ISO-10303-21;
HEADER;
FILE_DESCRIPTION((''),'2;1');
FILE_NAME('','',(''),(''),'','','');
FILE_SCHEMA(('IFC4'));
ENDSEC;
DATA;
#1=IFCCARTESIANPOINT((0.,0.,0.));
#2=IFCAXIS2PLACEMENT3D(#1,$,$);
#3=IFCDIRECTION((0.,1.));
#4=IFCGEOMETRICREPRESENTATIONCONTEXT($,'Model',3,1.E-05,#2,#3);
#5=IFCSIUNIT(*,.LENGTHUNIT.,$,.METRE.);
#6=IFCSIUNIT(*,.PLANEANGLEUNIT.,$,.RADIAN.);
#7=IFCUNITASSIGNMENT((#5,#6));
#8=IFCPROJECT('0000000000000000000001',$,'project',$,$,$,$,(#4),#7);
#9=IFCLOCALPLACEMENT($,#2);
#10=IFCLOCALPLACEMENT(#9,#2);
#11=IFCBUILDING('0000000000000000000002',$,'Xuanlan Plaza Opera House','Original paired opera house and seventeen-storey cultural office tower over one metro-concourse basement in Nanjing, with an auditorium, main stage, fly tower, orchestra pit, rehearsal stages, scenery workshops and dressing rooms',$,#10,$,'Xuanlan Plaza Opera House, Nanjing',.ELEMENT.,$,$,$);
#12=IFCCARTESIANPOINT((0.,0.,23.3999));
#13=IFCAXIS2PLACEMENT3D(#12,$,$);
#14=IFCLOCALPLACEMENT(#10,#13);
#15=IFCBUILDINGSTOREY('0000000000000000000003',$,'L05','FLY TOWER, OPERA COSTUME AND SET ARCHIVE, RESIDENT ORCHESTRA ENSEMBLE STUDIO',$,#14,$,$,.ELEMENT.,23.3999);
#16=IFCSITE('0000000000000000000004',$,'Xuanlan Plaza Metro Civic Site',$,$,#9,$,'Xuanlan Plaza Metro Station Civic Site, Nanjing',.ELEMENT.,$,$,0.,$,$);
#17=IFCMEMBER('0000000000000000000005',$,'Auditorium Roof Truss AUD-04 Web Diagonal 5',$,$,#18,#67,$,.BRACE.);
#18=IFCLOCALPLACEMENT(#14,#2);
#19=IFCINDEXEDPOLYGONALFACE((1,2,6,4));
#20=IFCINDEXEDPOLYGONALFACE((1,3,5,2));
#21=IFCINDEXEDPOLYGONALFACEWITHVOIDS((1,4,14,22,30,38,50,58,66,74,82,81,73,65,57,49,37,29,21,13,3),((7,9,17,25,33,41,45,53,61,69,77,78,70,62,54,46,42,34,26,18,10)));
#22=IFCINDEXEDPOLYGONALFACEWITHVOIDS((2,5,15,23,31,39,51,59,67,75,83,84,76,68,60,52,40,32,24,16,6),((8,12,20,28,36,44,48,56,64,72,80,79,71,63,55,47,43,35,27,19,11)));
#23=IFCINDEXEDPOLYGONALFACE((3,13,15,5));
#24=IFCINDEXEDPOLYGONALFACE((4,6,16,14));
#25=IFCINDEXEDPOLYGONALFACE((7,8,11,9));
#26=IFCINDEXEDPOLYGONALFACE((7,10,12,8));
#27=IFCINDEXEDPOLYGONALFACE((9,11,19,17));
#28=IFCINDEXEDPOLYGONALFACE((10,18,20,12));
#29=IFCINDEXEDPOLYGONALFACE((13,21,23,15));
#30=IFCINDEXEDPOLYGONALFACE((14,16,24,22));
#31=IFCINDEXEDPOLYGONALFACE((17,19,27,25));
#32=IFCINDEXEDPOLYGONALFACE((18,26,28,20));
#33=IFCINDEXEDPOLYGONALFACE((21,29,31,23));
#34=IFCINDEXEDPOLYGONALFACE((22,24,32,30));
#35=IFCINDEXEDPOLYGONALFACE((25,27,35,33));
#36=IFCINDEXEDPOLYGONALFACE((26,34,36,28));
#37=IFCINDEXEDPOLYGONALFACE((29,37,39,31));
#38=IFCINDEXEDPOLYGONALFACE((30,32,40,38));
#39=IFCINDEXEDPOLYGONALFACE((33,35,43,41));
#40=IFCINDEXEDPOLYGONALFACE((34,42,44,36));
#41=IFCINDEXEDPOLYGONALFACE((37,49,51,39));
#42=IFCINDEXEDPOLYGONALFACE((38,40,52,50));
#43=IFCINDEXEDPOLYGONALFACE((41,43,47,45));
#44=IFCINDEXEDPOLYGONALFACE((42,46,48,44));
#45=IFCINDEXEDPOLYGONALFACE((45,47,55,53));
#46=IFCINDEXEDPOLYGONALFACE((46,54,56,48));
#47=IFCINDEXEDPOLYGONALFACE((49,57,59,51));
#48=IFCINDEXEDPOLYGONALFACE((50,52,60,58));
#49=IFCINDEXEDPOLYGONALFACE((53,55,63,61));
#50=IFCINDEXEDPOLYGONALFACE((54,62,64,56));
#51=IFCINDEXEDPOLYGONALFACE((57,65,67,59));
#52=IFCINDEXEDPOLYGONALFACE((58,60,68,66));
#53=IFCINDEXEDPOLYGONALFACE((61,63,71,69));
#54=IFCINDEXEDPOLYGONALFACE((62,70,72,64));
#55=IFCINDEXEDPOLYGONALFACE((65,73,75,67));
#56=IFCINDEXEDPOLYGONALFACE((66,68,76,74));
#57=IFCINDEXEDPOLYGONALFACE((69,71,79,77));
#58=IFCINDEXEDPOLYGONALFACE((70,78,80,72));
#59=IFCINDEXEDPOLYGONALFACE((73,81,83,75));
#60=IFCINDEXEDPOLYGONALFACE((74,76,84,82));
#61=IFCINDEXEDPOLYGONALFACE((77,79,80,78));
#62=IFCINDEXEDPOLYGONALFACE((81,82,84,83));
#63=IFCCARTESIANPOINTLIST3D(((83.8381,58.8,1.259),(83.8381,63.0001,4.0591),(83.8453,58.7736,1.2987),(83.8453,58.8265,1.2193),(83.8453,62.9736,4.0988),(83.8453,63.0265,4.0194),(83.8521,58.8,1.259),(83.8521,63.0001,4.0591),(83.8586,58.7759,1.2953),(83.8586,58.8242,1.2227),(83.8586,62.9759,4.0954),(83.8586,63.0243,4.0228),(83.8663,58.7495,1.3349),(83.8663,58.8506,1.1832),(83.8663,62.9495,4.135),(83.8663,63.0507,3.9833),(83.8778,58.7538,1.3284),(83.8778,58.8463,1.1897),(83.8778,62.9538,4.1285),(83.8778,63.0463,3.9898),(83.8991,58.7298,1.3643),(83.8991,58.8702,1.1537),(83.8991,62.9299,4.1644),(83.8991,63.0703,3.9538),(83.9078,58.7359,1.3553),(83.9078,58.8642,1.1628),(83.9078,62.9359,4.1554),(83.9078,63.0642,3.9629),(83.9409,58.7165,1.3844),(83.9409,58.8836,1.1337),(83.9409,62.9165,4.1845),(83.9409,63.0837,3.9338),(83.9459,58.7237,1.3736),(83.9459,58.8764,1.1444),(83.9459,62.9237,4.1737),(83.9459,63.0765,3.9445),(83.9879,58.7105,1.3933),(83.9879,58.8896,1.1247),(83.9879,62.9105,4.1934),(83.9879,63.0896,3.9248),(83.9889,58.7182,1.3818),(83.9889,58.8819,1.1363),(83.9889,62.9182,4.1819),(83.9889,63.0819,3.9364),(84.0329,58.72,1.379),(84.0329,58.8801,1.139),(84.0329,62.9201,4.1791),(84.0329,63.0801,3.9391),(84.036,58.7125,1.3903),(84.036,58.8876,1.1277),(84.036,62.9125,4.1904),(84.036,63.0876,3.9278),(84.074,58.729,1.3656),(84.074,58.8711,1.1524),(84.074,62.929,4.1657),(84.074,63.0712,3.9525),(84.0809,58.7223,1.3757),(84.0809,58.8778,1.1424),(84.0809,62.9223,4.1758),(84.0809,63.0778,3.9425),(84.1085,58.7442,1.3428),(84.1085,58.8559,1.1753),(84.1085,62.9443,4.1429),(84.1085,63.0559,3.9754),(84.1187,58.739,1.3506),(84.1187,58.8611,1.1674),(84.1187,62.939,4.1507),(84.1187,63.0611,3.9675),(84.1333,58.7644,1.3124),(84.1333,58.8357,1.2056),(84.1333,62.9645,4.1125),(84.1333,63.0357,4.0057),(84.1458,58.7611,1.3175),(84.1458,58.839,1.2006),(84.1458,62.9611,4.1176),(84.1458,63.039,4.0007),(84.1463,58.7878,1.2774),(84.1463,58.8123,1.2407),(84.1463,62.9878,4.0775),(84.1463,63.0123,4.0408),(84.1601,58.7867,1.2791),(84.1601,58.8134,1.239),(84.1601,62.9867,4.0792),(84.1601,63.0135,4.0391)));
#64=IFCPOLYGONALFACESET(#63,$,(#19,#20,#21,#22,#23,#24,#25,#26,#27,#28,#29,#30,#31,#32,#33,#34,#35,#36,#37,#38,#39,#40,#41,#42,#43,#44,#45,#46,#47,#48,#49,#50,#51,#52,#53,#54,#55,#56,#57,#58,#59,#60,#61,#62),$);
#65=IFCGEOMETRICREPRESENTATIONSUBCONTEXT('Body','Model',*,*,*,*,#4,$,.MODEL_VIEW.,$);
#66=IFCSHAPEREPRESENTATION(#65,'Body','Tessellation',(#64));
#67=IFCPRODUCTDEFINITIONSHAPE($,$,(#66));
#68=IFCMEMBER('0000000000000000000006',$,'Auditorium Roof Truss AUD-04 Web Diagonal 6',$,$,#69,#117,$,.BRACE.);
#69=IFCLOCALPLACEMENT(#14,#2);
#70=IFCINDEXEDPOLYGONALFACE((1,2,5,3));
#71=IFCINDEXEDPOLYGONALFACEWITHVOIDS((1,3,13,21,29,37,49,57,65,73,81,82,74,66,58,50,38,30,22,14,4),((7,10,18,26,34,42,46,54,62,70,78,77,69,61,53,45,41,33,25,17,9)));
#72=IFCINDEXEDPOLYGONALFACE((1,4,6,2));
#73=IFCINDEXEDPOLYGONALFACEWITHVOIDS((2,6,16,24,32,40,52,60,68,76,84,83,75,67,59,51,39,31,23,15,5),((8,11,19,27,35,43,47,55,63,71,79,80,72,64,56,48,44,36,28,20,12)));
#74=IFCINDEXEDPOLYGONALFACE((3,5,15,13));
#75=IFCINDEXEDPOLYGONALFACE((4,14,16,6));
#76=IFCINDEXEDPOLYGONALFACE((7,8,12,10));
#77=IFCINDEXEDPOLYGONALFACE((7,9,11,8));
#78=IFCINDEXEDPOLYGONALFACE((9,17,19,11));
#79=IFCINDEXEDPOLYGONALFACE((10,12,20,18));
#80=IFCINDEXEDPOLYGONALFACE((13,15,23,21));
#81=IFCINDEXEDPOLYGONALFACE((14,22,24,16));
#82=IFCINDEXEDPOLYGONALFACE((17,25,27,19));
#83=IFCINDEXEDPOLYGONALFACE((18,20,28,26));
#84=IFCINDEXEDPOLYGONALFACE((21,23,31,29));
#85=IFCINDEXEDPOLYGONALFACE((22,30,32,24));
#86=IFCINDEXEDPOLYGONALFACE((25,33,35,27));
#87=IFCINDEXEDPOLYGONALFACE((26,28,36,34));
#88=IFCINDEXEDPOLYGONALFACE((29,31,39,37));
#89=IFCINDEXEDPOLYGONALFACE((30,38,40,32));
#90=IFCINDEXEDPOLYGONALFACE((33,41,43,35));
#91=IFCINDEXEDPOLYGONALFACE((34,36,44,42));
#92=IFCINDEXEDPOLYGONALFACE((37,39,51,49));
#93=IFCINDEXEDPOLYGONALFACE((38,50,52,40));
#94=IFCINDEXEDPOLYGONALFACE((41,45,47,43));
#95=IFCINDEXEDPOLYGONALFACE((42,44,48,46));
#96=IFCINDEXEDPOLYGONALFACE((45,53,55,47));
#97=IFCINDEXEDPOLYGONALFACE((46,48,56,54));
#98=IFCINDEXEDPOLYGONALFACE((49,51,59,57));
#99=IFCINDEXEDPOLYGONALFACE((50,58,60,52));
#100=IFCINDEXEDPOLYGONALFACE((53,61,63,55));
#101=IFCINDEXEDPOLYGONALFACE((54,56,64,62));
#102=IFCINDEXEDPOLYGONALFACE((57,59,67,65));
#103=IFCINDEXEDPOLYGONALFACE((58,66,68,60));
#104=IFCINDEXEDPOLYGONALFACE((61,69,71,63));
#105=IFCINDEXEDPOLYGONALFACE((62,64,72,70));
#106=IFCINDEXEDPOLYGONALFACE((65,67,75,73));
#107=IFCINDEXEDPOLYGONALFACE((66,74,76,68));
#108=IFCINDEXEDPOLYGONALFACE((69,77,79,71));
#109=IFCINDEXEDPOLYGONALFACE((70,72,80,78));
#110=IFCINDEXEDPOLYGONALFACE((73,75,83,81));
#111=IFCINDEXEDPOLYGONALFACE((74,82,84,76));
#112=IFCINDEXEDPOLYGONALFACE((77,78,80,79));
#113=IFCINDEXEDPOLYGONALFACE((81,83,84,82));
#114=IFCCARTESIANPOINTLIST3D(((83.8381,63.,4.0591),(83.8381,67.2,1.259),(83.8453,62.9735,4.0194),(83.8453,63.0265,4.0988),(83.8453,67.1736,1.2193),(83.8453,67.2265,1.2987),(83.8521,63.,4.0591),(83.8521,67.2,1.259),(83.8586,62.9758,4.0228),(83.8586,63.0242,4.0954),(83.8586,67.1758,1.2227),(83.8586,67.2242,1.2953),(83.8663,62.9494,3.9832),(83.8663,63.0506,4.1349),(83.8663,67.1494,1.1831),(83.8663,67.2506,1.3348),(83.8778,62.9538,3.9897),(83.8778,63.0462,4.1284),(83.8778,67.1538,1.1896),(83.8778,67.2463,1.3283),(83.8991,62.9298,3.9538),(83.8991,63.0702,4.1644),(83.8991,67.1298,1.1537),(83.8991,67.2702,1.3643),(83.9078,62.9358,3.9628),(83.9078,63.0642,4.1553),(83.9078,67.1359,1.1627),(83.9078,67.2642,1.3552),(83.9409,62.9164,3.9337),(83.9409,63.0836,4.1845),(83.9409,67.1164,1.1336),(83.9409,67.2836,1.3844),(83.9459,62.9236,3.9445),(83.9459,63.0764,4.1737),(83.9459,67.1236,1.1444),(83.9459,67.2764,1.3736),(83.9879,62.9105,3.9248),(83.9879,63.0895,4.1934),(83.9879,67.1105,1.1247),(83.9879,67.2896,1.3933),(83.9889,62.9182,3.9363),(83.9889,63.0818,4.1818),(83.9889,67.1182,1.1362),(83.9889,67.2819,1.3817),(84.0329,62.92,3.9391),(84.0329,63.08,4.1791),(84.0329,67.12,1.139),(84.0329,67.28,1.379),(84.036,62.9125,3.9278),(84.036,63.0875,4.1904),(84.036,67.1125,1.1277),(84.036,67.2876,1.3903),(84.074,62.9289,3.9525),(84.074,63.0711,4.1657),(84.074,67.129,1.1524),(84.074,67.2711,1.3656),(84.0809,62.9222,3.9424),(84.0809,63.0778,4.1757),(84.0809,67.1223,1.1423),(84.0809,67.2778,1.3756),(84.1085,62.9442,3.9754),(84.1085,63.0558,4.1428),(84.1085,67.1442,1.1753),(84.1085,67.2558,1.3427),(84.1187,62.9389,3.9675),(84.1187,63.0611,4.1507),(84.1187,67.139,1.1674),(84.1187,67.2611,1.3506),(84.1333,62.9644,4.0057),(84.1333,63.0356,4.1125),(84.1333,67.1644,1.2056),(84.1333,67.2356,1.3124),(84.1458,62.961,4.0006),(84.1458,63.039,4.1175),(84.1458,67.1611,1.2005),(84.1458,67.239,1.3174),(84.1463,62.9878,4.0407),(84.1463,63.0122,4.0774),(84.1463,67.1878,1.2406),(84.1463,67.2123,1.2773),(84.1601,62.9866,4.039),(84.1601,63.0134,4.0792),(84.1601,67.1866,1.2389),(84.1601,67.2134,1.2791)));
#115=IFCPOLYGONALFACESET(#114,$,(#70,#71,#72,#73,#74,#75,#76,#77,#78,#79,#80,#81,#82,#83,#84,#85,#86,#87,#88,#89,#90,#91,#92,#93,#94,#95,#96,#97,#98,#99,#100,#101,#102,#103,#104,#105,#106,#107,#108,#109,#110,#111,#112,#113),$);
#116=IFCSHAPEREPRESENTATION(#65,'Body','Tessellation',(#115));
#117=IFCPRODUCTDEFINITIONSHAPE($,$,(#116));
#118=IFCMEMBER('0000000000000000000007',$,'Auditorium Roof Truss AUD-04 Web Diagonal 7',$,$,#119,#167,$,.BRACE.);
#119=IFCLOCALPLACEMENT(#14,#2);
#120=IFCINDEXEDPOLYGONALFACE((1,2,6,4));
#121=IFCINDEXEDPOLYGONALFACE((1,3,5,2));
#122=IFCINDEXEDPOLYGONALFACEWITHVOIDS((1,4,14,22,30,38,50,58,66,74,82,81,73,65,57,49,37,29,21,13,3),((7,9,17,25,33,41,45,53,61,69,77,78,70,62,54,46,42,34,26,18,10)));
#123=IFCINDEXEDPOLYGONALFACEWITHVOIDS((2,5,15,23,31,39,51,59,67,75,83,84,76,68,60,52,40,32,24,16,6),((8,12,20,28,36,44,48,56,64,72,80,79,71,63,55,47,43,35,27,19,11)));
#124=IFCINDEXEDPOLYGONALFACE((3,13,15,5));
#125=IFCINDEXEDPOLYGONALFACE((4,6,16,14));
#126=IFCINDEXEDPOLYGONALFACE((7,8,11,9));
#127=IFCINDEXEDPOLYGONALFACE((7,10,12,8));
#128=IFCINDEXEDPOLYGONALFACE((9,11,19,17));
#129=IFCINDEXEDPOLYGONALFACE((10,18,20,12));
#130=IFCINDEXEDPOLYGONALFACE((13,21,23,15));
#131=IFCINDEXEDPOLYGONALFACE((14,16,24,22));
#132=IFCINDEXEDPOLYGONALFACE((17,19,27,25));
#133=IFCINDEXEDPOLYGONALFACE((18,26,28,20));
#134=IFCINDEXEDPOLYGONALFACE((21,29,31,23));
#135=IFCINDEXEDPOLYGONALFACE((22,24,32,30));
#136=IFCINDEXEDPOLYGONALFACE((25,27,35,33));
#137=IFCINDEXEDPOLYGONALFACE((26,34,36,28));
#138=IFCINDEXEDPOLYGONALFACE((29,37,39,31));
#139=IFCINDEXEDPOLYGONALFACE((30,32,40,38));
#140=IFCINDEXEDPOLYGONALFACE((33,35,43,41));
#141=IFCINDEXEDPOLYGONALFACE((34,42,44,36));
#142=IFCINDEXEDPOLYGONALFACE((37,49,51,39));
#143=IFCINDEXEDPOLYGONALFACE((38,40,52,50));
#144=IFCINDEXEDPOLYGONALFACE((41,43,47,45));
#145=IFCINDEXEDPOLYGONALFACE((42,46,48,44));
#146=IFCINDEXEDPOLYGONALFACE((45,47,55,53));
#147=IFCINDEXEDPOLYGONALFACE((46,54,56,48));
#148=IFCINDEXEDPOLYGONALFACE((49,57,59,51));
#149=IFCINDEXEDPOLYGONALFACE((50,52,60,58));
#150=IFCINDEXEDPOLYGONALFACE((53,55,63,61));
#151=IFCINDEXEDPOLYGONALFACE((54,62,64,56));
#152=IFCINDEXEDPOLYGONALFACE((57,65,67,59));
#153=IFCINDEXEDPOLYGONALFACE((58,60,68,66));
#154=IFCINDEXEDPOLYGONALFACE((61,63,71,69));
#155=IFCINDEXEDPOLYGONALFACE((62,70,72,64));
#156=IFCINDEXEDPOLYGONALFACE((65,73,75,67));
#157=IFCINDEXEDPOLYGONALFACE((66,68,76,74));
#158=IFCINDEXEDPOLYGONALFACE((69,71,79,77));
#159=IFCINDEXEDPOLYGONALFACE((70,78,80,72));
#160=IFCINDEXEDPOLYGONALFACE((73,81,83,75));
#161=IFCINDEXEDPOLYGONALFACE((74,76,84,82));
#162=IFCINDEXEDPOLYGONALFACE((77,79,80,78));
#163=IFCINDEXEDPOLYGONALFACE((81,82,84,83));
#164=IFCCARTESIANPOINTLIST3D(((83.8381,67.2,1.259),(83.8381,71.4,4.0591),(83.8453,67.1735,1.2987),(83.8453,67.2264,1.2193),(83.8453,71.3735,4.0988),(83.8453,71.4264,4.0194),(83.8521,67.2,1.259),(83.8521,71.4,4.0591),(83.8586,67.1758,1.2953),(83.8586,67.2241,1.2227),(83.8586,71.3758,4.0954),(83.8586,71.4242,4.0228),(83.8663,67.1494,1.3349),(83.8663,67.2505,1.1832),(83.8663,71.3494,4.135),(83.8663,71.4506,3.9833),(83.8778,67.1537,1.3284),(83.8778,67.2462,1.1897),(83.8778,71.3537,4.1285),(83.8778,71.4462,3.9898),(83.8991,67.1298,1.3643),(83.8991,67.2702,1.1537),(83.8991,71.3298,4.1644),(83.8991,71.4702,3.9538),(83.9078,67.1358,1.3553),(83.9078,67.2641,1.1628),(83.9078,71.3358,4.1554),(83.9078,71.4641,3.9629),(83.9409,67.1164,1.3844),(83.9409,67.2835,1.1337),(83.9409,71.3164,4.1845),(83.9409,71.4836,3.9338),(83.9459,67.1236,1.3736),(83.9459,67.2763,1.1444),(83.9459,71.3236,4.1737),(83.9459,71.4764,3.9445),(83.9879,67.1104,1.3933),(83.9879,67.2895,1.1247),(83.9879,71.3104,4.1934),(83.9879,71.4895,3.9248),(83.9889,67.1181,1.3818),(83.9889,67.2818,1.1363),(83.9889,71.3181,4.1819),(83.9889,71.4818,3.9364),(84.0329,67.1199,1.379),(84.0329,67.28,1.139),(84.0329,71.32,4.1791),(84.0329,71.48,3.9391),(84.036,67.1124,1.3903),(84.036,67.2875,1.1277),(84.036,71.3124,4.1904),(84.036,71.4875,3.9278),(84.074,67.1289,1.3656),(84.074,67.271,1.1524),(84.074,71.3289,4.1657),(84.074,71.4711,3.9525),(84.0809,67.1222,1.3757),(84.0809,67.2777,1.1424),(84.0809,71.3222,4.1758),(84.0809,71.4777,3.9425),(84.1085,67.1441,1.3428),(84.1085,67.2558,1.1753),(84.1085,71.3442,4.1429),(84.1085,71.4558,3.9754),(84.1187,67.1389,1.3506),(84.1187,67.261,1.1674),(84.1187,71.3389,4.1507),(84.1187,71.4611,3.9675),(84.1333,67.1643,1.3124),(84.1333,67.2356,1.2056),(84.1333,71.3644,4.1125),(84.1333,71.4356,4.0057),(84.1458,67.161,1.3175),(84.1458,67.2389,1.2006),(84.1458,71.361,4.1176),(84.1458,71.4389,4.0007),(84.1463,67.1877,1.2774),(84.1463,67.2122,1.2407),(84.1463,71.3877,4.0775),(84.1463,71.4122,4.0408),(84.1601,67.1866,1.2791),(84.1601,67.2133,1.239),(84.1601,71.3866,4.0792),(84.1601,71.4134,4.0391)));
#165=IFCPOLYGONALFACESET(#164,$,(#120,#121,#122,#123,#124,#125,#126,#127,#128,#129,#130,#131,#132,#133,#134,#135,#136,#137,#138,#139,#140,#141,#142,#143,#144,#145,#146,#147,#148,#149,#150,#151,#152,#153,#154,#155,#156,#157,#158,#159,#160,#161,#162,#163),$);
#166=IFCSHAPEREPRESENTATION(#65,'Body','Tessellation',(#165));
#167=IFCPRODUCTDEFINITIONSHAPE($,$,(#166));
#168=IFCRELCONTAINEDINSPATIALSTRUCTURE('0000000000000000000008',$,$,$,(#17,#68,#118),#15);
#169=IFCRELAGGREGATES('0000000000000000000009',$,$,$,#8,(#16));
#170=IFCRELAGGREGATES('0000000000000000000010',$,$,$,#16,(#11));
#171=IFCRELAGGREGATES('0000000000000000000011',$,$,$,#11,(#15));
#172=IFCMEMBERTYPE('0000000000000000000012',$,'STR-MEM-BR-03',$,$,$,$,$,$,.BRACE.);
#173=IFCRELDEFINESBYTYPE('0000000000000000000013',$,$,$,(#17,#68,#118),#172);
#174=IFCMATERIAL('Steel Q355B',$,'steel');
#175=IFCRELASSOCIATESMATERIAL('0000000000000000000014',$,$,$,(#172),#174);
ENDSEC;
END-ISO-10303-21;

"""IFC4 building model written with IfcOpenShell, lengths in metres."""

from ifc_helpers import new_model, si_unit, direction, frame, origin, origin_2d, place, context, subcontext, project, spatial, hollow_circle, extrude, material, material_profile, profile_set, type_object, element, save


model = new_model("IFC4")

# Units and contexts
model_context = context("Model", 3, precision=1e-05, world=origin(), true_north=direction((0.0, 1.0)))
body_context = subcontext(model_context, "Body", "Model", "MODEL_VIEW")
ifc_project = project(units=[si_unit("LENGTHUNIT", "METRE"), si_unit("PLANEANGLEUNIT", "RADIAN")], contexts=[model_context])

# Site, building, storey
site_placement = place(None, origin())
site = spatial("IfcSite", under=ifc_project, at=site_placement, Name="Xuanlan Plaza Metro Civic Site", LongName="Xuanlan Plaza Metro Station Civic Site, Nanjing", CompositionType="ELEMENT", RefElevation=0.0)
building_placement = place(site_placement, origin())
building = spatial("IfcBuilding", under=site, at=building_placement, Name="Xuanlan Plaza Opera House", Description="Original paired opera house and seventeen-storey cultural office tower over one metro-concourse basement in Nanjing, with an auditorium, main stage, fly tower, orchestra pit, rehearsal stages, scenery workshops and dressing rooms", LongName="Xuanlan Plaza Opera House, Nanjing", CompositionType="ELEMENT")
storey_placement = place(building_placement, frame((0.0, 0.0, 23.3999)))
storey = spatial("IfcBuildingStorey", under=building, at=storey_placement, Name="L05", Description="FLY TOWER, OPERA COSTUME AND SET ARCHIVE, RESIDENT ORCHESTRA ENSEMBLE STUDIO", CompositionType="ELEMENT", Elevation=23.3999)

# Members
ifc_material_1 = material(Name="Steel Q355B", Category="steel")
ifc_material_profile_1 = material_profile(ifc_material_1, hollow_circle(Radius=0.1619, WallThickness=0.0139, at=origin_2d()), Name="CHS 323.9x14")
ifc_profile_set_1 = profile_set([ifc_material_profile_1], Name="Steel Q355B")
member_type_1 = type_object("IfcMemberType", Name="STR-MEM-BR-03", PredefinedType="BRACE", material=ifc_profile_set_1)
for number, where, z_axis, x_axis, name in (
    (1, (84.0, 58.8, 1.259), (0.0, 0.832043, 0.554711), (-1.0, 0.0, 0.0), "Auditorium Roof Truss AUD-04 Web Diagonal 5"),
    (2, (84.0, 63.0, 4.0591), (0.0, 0.832043, -0.554711), (-1.0, 0.0, 0.0), "Auditorium Roof Truss AUD-04 Web Diagonal 6"),
    (3, (84.0, 67.2, 1.259), (0.0, 0.832043, 0.554711), (-1.0, 0.0, 0.0), "Auditorium Roof Truss AUD-04 Web Diagonal 7"),
):
    element("IfcMember", number, at=place(storey_placement, frame(where, z_axis=z_axis, x_axis=x_axis)), inside=storey, type_object=member_type_1, Name=name, PredefinedType="BRACE", context=body_context, shape_type="SweptSolid", body=[
        extrude(hollow_circle(Radius=0.1619, WallThickness=0.0139, at=origin_2d()), origin(), (0.0, 0.0, 1.0), 5.0479),
    ])

save(model, "model.ifc")
